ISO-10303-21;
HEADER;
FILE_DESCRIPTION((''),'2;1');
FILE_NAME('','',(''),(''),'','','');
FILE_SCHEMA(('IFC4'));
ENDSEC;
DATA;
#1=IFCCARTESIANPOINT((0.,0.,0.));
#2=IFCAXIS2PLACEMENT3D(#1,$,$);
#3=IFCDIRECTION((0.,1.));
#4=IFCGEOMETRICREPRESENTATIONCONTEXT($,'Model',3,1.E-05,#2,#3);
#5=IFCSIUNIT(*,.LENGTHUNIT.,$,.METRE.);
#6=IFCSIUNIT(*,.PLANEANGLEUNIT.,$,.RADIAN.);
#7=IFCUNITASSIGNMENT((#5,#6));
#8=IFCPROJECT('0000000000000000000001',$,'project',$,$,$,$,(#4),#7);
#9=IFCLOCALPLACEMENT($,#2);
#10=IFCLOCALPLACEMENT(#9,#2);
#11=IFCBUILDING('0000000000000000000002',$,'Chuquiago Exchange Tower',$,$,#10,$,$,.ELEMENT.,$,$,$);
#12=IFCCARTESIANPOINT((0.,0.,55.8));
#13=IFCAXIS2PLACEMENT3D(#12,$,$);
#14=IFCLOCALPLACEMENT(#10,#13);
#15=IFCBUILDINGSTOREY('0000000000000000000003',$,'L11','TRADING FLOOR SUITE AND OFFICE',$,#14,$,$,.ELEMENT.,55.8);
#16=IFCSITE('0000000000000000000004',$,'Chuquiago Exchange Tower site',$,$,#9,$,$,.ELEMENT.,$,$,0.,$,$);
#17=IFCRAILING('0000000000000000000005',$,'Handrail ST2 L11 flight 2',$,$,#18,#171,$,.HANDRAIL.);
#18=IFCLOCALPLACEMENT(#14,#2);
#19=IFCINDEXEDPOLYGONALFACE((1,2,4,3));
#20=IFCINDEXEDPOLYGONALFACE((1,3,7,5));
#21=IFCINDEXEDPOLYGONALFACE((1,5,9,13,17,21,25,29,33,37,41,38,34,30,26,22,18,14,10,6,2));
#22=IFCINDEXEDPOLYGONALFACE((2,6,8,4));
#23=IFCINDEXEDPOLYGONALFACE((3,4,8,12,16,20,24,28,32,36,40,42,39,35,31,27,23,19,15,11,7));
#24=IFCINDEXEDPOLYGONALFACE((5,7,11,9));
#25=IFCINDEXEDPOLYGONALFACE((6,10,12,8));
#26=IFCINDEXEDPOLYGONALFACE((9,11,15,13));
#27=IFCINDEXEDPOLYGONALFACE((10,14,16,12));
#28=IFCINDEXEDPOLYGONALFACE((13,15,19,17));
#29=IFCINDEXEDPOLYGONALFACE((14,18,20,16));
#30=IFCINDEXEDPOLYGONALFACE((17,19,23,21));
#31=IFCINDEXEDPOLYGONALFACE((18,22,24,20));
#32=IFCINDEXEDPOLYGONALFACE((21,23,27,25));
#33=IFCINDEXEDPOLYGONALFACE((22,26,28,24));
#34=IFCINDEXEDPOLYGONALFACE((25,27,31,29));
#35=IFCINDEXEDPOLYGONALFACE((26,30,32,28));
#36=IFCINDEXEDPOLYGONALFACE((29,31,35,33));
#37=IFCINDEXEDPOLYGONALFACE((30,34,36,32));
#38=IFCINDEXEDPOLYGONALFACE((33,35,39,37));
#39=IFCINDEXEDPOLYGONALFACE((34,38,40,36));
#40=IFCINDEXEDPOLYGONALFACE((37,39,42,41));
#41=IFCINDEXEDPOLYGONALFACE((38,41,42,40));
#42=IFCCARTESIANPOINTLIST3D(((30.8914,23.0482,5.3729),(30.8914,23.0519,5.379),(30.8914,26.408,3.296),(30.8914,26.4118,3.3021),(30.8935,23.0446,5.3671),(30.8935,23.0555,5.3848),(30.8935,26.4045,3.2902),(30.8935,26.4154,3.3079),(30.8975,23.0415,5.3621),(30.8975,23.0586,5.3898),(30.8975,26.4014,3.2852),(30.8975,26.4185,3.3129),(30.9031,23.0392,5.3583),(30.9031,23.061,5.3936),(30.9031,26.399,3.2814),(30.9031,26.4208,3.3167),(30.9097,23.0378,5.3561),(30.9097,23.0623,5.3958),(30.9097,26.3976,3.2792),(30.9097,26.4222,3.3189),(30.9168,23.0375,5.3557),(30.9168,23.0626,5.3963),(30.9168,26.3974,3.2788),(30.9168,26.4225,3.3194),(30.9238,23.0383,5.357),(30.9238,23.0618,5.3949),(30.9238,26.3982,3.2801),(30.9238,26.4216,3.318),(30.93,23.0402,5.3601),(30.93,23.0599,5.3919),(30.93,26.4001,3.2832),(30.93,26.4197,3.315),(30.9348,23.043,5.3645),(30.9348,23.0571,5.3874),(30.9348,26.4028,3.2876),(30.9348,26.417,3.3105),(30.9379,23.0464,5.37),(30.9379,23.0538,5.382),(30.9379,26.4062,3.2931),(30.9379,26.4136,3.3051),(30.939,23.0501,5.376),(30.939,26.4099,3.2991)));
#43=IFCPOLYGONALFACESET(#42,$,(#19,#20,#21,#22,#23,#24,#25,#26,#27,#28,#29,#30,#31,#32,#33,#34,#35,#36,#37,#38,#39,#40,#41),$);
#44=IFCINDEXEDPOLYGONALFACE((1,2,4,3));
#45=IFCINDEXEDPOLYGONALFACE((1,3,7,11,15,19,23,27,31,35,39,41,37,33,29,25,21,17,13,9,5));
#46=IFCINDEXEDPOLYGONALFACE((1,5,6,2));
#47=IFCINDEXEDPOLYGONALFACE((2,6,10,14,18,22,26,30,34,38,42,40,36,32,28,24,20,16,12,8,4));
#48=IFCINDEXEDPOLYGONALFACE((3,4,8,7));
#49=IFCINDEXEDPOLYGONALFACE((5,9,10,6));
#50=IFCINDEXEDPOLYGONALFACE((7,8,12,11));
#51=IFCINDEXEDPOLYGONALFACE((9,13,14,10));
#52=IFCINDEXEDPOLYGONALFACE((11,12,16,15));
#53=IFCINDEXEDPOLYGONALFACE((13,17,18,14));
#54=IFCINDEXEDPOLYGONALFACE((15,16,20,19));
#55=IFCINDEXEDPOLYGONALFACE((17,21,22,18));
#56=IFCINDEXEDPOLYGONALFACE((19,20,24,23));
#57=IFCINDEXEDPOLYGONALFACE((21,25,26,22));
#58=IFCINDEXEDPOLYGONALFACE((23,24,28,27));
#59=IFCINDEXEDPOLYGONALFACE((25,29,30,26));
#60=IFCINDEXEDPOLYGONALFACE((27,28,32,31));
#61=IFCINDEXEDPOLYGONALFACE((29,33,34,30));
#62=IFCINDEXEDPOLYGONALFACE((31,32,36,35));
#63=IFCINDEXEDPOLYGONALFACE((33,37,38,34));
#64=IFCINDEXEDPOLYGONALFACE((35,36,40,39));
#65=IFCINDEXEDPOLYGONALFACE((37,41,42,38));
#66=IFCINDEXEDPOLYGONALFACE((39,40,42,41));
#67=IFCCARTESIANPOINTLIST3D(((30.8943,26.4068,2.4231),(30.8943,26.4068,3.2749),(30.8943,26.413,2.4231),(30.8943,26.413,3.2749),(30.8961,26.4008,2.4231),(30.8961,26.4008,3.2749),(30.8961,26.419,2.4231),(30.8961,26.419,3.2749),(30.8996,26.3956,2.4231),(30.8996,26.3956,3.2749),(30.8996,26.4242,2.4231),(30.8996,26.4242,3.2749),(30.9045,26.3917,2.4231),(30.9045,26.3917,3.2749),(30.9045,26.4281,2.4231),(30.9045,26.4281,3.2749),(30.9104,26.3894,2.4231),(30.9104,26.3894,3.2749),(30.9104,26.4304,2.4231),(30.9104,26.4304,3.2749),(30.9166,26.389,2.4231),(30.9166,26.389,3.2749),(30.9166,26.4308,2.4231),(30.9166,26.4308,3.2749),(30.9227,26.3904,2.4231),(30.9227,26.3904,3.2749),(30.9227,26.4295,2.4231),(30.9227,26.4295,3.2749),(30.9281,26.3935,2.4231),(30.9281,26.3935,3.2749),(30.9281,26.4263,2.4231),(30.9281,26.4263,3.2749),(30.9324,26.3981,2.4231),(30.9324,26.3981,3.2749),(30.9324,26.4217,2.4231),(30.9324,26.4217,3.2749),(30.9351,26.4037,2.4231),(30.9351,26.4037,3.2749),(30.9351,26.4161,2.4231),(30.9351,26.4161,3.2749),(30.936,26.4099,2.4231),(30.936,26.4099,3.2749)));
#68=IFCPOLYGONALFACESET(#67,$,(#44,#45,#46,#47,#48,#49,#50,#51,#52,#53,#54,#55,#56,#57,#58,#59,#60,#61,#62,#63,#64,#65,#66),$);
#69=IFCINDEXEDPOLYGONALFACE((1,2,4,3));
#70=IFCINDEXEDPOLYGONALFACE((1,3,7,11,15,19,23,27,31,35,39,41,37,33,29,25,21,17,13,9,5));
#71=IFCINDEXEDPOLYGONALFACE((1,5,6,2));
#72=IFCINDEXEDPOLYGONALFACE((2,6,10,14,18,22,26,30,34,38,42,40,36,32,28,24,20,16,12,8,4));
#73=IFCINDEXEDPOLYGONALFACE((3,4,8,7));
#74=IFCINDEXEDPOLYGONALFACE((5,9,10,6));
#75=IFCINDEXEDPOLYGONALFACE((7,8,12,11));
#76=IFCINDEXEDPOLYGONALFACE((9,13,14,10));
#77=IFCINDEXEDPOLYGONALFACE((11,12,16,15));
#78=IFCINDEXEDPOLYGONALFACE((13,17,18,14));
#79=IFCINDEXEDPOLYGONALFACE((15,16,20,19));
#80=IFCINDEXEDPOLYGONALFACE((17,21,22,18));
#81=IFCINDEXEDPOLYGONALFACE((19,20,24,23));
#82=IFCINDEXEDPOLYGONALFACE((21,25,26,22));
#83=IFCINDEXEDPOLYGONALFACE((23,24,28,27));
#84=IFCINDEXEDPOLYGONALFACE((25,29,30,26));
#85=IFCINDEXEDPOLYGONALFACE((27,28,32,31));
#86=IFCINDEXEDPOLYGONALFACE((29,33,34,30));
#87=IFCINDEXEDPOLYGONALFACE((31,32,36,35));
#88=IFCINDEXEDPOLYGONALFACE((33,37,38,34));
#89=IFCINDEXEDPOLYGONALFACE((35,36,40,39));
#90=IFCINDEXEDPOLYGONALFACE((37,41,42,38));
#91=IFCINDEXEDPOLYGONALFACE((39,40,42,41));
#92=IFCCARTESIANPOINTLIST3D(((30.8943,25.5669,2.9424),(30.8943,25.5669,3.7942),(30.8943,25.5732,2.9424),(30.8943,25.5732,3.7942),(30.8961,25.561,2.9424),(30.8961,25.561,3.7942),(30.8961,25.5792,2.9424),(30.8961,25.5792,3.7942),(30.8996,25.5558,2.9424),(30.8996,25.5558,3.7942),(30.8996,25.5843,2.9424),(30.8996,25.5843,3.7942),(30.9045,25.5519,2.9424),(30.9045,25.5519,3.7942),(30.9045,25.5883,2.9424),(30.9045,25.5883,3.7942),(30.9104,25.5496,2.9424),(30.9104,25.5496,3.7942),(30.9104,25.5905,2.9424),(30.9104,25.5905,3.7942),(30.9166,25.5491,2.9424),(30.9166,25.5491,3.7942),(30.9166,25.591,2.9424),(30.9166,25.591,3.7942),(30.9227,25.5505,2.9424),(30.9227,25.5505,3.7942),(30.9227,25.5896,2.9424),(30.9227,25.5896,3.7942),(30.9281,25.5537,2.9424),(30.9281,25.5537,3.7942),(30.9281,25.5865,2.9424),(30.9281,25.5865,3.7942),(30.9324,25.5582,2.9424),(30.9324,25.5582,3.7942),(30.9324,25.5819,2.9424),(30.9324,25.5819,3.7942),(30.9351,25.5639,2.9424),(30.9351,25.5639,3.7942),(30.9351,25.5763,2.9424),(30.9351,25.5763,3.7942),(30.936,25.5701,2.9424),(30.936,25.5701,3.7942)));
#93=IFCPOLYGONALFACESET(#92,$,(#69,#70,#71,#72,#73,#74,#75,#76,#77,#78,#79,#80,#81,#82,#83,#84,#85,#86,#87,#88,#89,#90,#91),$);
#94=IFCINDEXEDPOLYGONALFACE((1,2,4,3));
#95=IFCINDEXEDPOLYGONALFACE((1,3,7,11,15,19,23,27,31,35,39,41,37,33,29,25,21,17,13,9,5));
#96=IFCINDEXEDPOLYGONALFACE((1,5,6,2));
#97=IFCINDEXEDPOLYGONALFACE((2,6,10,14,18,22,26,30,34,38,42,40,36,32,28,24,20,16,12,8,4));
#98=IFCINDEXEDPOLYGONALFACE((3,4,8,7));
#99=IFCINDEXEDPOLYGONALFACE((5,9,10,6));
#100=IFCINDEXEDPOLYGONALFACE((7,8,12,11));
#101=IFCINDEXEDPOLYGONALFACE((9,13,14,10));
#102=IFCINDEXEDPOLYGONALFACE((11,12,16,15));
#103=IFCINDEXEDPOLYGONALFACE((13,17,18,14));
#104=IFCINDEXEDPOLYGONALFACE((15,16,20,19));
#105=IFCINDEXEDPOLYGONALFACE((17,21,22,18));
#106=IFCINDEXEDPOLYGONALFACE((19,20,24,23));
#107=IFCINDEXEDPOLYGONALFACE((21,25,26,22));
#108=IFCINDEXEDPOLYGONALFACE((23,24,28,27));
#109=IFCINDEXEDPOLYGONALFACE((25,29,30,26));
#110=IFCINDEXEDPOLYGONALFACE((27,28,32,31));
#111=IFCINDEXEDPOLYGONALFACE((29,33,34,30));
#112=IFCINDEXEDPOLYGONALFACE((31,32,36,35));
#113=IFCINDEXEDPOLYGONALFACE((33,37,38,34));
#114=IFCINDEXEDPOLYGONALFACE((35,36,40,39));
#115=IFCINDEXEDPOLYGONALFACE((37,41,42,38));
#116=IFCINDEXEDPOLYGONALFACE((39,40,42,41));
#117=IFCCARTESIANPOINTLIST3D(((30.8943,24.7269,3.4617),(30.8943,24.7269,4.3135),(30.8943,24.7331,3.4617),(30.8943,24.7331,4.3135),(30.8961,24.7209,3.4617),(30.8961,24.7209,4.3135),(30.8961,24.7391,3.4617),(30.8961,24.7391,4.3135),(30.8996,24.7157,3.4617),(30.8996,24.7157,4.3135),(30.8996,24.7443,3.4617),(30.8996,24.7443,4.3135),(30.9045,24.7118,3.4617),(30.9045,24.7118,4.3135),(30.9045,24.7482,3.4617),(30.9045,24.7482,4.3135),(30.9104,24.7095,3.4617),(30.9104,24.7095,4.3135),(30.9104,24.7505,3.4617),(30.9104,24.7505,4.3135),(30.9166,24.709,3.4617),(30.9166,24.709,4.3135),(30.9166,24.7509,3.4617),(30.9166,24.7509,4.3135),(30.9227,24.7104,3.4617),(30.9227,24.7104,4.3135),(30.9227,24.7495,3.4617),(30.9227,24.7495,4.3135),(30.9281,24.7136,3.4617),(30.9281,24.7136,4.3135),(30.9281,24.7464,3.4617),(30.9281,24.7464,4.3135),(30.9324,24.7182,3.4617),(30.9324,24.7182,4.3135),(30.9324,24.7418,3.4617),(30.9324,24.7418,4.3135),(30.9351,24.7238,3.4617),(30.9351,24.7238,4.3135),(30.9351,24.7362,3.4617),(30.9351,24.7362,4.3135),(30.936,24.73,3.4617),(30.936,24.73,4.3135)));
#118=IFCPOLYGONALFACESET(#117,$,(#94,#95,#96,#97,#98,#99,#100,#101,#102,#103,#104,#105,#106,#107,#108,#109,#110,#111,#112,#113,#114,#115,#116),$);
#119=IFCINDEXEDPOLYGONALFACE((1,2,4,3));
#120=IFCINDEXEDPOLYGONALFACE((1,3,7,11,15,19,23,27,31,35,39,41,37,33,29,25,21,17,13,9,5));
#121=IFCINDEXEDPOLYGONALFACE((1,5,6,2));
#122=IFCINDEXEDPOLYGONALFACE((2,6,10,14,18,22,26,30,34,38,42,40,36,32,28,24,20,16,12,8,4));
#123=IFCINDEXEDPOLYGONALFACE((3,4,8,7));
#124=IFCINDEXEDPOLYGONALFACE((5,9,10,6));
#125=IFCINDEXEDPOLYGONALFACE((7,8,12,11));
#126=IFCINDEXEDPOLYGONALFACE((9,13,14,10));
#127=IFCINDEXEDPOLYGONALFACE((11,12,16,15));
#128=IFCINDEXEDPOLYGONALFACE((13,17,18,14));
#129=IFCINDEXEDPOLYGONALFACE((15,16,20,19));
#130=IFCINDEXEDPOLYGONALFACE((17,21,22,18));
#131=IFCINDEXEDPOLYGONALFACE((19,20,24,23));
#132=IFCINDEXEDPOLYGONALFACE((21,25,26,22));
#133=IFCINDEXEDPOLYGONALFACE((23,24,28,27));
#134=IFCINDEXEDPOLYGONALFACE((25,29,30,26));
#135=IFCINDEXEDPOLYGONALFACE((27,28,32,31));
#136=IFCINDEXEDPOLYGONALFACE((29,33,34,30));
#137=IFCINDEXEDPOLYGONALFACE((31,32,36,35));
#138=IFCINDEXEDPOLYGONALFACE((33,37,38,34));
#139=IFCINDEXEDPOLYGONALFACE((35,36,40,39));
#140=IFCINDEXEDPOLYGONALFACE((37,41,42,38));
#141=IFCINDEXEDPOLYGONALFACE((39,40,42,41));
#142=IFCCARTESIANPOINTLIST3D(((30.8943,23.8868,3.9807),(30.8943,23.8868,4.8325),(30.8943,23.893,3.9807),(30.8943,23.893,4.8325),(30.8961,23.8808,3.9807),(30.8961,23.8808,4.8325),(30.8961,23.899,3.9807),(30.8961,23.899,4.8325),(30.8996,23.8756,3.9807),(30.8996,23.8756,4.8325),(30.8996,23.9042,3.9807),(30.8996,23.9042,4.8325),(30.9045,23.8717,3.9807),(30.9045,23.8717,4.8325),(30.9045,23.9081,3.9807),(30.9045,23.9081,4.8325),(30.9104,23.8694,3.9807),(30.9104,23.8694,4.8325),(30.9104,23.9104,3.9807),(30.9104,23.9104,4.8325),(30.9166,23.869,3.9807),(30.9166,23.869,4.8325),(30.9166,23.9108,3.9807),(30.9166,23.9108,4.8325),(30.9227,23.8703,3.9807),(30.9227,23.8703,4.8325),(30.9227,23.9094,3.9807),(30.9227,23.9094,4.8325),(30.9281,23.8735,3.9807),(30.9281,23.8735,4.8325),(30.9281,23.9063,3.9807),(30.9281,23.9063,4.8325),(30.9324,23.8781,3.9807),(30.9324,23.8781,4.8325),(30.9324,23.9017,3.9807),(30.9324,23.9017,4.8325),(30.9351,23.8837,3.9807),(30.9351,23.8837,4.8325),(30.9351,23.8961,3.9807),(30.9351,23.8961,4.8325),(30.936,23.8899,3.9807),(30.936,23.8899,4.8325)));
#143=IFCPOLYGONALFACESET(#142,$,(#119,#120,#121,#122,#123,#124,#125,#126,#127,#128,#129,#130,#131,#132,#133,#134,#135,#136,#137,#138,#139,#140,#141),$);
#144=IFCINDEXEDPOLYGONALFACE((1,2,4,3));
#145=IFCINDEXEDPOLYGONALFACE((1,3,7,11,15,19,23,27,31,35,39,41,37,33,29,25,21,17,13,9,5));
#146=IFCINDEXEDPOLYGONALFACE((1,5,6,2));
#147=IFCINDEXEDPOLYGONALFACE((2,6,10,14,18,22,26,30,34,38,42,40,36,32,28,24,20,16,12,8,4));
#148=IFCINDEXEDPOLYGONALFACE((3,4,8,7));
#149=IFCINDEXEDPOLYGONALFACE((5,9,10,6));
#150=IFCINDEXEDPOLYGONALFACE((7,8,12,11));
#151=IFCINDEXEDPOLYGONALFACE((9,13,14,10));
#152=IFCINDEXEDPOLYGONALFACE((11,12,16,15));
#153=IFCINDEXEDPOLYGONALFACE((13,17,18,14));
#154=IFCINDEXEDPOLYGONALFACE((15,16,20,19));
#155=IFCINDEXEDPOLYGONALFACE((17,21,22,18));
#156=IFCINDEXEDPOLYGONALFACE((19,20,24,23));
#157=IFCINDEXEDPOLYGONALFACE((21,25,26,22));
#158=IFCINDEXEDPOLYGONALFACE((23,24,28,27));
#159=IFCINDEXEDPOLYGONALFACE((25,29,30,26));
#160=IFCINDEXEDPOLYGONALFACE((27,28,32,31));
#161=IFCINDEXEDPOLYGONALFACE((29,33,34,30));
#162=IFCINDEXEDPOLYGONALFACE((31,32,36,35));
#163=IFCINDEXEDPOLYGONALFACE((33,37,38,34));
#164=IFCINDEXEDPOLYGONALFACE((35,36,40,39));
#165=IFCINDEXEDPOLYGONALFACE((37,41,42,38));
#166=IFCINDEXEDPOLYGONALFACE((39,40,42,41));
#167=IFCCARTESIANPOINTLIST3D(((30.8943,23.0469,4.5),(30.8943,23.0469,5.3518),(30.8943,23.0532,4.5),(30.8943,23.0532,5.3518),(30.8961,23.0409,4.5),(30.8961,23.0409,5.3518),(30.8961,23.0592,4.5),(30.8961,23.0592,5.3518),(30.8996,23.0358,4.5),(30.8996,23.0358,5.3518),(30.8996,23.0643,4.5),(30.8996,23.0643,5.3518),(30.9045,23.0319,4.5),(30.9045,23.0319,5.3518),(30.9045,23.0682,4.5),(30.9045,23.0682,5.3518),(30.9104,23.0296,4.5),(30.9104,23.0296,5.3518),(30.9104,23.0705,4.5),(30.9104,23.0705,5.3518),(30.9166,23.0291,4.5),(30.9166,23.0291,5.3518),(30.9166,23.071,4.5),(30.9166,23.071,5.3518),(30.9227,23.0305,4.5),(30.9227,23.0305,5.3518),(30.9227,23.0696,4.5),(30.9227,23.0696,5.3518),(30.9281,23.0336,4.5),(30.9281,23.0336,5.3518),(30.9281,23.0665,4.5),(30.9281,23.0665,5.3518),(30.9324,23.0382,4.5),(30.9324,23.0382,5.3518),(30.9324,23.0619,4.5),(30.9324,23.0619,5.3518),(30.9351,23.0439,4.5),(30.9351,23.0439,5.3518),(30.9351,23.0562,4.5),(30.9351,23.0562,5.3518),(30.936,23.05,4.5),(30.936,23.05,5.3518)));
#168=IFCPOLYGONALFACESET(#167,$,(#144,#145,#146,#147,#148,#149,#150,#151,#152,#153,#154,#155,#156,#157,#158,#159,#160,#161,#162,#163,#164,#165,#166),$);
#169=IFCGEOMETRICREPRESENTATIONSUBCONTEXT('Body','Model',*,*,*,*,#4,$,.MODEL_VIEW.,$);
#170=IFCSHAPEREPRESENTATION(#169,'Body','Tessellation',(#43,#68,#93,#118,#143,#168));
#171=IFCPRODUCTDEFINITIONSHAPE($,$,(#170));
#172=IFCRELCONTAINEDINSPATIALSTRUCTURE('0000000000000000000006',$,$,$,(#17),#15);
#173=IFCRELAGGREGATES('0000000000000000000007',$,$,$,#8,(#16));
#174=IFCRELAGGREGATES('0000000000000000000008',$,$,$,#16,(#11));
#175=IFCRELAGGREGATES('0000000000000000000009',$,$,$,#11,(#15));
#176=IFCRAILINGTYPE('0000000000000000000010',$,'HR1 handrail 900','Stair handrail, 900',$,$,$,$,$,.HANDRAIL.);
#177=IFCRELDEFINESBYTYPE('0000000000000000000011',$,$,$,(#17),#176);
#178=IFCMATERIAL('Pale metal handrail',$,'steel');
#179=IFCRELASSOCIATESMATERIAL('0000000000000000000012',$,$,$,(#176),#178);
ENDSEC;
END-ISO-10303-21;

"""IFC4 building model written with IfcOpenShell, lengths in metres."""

from ifc_helpers import new_model, si_unit, direction, frame, origin, origin_2d, place, context, subcontext, project, spatial, circle, extrude, material, type_object, element, save


model = new_model("IFC4")

# Units and contexts
model_context = context("Model", 3, precision=1e-05, world=origin(), true_north=direction((0.0, 1.0)))
body_context = subcontext(model_context, "Body", "Model", "MODEL_VIEW")
ifc_project = project(units=[si_unit("LENGTHUNIT", "METRE"), si_unit("PLANEANGLEUNIT", "RADIAN")], contexts=[model_context])

# Site, building, storey
site_placement = place(None, origin())
site = spatial("IfcSite", under=ifc_project, at=site_placement, Name="Chuquiago Exchange Tower site", CompositionType="ELEMENT", RefElevation=0.0)
building_placement = place(site_placement, origin())
building = spatial("IfcBuilding", under=site, at=building_placement, Name="Chuquiago Exchange Tower", CompositionType="ELEMENT")
storey_placement = place(building_placement, frame((0.0, 0.0, 55.8)))
storey = spatial("IfcBuildingStorey", under=building, at=storey_placement, Name="L11", Description="TRADING FLOOR SUITE AND OFFICE", CompositionType="ELEMENT", Elevation=55.8)

# Railing
ifc_material_1 = material(Name="Pale metal handrail", Category="steel")
railing_type_1 = type_object("IfcRailingType", Name="HR1 handrail 900", Description="Stair handrail, 900", PredefinedType="HANDRAIL", material=ifc_material_1)
for number, where, name in (
    (1, (30.915, 26.4099, 2.4231), "Handrail ST2 L11 flight 2"),
):
    element("IfcRailing", number, at=place(storey_placement, frame(where)), inside=storey, type_object=railing_type_1, Name=name, PredefinedType="HANDRAIL", context=body_context, shape_type="SweptSolid", body=[
        extrude(circle(Radius=0.0239, at=origin_2d()), frame((0.0, 0.0, 0.876), z_axis=(0.0, -0.850606, 0.525803), x_axis=(1.0, 0.0, 0.0)), (0.0, 0.0, 1.0), 3.95),
        extrude(circle(Radius=0.021, at=origin_2d()), origin(), (0.0, 0.0, 1.0), 0.8518),
        extrude(circle(Radius=0.021, at=origin_2d()), frame((0.0, -0.8398, 0.5193)), (0.0, 0.0, 1.0), 0.8518),
        extrude(circle(Radius=0.021, at=origin_2d()), frame((0.0, -1.6799, 1.0386)), (0.0, 0.0, 1.0), 0.8518),
        extrude(circle(Radius=0.021, at=origin_2d()), frame((0.0, -2.52, 1.5576)), (0.0, 0.0, 1.0), 0.8518),
        extrude(circle(Radius=0.021, at=origin_2d()), frame((0.0, -3.3599, 2.0769)), (0.0, 0.0, 1.0), 0.8518),
    ])

save(model, "model.ifc")
